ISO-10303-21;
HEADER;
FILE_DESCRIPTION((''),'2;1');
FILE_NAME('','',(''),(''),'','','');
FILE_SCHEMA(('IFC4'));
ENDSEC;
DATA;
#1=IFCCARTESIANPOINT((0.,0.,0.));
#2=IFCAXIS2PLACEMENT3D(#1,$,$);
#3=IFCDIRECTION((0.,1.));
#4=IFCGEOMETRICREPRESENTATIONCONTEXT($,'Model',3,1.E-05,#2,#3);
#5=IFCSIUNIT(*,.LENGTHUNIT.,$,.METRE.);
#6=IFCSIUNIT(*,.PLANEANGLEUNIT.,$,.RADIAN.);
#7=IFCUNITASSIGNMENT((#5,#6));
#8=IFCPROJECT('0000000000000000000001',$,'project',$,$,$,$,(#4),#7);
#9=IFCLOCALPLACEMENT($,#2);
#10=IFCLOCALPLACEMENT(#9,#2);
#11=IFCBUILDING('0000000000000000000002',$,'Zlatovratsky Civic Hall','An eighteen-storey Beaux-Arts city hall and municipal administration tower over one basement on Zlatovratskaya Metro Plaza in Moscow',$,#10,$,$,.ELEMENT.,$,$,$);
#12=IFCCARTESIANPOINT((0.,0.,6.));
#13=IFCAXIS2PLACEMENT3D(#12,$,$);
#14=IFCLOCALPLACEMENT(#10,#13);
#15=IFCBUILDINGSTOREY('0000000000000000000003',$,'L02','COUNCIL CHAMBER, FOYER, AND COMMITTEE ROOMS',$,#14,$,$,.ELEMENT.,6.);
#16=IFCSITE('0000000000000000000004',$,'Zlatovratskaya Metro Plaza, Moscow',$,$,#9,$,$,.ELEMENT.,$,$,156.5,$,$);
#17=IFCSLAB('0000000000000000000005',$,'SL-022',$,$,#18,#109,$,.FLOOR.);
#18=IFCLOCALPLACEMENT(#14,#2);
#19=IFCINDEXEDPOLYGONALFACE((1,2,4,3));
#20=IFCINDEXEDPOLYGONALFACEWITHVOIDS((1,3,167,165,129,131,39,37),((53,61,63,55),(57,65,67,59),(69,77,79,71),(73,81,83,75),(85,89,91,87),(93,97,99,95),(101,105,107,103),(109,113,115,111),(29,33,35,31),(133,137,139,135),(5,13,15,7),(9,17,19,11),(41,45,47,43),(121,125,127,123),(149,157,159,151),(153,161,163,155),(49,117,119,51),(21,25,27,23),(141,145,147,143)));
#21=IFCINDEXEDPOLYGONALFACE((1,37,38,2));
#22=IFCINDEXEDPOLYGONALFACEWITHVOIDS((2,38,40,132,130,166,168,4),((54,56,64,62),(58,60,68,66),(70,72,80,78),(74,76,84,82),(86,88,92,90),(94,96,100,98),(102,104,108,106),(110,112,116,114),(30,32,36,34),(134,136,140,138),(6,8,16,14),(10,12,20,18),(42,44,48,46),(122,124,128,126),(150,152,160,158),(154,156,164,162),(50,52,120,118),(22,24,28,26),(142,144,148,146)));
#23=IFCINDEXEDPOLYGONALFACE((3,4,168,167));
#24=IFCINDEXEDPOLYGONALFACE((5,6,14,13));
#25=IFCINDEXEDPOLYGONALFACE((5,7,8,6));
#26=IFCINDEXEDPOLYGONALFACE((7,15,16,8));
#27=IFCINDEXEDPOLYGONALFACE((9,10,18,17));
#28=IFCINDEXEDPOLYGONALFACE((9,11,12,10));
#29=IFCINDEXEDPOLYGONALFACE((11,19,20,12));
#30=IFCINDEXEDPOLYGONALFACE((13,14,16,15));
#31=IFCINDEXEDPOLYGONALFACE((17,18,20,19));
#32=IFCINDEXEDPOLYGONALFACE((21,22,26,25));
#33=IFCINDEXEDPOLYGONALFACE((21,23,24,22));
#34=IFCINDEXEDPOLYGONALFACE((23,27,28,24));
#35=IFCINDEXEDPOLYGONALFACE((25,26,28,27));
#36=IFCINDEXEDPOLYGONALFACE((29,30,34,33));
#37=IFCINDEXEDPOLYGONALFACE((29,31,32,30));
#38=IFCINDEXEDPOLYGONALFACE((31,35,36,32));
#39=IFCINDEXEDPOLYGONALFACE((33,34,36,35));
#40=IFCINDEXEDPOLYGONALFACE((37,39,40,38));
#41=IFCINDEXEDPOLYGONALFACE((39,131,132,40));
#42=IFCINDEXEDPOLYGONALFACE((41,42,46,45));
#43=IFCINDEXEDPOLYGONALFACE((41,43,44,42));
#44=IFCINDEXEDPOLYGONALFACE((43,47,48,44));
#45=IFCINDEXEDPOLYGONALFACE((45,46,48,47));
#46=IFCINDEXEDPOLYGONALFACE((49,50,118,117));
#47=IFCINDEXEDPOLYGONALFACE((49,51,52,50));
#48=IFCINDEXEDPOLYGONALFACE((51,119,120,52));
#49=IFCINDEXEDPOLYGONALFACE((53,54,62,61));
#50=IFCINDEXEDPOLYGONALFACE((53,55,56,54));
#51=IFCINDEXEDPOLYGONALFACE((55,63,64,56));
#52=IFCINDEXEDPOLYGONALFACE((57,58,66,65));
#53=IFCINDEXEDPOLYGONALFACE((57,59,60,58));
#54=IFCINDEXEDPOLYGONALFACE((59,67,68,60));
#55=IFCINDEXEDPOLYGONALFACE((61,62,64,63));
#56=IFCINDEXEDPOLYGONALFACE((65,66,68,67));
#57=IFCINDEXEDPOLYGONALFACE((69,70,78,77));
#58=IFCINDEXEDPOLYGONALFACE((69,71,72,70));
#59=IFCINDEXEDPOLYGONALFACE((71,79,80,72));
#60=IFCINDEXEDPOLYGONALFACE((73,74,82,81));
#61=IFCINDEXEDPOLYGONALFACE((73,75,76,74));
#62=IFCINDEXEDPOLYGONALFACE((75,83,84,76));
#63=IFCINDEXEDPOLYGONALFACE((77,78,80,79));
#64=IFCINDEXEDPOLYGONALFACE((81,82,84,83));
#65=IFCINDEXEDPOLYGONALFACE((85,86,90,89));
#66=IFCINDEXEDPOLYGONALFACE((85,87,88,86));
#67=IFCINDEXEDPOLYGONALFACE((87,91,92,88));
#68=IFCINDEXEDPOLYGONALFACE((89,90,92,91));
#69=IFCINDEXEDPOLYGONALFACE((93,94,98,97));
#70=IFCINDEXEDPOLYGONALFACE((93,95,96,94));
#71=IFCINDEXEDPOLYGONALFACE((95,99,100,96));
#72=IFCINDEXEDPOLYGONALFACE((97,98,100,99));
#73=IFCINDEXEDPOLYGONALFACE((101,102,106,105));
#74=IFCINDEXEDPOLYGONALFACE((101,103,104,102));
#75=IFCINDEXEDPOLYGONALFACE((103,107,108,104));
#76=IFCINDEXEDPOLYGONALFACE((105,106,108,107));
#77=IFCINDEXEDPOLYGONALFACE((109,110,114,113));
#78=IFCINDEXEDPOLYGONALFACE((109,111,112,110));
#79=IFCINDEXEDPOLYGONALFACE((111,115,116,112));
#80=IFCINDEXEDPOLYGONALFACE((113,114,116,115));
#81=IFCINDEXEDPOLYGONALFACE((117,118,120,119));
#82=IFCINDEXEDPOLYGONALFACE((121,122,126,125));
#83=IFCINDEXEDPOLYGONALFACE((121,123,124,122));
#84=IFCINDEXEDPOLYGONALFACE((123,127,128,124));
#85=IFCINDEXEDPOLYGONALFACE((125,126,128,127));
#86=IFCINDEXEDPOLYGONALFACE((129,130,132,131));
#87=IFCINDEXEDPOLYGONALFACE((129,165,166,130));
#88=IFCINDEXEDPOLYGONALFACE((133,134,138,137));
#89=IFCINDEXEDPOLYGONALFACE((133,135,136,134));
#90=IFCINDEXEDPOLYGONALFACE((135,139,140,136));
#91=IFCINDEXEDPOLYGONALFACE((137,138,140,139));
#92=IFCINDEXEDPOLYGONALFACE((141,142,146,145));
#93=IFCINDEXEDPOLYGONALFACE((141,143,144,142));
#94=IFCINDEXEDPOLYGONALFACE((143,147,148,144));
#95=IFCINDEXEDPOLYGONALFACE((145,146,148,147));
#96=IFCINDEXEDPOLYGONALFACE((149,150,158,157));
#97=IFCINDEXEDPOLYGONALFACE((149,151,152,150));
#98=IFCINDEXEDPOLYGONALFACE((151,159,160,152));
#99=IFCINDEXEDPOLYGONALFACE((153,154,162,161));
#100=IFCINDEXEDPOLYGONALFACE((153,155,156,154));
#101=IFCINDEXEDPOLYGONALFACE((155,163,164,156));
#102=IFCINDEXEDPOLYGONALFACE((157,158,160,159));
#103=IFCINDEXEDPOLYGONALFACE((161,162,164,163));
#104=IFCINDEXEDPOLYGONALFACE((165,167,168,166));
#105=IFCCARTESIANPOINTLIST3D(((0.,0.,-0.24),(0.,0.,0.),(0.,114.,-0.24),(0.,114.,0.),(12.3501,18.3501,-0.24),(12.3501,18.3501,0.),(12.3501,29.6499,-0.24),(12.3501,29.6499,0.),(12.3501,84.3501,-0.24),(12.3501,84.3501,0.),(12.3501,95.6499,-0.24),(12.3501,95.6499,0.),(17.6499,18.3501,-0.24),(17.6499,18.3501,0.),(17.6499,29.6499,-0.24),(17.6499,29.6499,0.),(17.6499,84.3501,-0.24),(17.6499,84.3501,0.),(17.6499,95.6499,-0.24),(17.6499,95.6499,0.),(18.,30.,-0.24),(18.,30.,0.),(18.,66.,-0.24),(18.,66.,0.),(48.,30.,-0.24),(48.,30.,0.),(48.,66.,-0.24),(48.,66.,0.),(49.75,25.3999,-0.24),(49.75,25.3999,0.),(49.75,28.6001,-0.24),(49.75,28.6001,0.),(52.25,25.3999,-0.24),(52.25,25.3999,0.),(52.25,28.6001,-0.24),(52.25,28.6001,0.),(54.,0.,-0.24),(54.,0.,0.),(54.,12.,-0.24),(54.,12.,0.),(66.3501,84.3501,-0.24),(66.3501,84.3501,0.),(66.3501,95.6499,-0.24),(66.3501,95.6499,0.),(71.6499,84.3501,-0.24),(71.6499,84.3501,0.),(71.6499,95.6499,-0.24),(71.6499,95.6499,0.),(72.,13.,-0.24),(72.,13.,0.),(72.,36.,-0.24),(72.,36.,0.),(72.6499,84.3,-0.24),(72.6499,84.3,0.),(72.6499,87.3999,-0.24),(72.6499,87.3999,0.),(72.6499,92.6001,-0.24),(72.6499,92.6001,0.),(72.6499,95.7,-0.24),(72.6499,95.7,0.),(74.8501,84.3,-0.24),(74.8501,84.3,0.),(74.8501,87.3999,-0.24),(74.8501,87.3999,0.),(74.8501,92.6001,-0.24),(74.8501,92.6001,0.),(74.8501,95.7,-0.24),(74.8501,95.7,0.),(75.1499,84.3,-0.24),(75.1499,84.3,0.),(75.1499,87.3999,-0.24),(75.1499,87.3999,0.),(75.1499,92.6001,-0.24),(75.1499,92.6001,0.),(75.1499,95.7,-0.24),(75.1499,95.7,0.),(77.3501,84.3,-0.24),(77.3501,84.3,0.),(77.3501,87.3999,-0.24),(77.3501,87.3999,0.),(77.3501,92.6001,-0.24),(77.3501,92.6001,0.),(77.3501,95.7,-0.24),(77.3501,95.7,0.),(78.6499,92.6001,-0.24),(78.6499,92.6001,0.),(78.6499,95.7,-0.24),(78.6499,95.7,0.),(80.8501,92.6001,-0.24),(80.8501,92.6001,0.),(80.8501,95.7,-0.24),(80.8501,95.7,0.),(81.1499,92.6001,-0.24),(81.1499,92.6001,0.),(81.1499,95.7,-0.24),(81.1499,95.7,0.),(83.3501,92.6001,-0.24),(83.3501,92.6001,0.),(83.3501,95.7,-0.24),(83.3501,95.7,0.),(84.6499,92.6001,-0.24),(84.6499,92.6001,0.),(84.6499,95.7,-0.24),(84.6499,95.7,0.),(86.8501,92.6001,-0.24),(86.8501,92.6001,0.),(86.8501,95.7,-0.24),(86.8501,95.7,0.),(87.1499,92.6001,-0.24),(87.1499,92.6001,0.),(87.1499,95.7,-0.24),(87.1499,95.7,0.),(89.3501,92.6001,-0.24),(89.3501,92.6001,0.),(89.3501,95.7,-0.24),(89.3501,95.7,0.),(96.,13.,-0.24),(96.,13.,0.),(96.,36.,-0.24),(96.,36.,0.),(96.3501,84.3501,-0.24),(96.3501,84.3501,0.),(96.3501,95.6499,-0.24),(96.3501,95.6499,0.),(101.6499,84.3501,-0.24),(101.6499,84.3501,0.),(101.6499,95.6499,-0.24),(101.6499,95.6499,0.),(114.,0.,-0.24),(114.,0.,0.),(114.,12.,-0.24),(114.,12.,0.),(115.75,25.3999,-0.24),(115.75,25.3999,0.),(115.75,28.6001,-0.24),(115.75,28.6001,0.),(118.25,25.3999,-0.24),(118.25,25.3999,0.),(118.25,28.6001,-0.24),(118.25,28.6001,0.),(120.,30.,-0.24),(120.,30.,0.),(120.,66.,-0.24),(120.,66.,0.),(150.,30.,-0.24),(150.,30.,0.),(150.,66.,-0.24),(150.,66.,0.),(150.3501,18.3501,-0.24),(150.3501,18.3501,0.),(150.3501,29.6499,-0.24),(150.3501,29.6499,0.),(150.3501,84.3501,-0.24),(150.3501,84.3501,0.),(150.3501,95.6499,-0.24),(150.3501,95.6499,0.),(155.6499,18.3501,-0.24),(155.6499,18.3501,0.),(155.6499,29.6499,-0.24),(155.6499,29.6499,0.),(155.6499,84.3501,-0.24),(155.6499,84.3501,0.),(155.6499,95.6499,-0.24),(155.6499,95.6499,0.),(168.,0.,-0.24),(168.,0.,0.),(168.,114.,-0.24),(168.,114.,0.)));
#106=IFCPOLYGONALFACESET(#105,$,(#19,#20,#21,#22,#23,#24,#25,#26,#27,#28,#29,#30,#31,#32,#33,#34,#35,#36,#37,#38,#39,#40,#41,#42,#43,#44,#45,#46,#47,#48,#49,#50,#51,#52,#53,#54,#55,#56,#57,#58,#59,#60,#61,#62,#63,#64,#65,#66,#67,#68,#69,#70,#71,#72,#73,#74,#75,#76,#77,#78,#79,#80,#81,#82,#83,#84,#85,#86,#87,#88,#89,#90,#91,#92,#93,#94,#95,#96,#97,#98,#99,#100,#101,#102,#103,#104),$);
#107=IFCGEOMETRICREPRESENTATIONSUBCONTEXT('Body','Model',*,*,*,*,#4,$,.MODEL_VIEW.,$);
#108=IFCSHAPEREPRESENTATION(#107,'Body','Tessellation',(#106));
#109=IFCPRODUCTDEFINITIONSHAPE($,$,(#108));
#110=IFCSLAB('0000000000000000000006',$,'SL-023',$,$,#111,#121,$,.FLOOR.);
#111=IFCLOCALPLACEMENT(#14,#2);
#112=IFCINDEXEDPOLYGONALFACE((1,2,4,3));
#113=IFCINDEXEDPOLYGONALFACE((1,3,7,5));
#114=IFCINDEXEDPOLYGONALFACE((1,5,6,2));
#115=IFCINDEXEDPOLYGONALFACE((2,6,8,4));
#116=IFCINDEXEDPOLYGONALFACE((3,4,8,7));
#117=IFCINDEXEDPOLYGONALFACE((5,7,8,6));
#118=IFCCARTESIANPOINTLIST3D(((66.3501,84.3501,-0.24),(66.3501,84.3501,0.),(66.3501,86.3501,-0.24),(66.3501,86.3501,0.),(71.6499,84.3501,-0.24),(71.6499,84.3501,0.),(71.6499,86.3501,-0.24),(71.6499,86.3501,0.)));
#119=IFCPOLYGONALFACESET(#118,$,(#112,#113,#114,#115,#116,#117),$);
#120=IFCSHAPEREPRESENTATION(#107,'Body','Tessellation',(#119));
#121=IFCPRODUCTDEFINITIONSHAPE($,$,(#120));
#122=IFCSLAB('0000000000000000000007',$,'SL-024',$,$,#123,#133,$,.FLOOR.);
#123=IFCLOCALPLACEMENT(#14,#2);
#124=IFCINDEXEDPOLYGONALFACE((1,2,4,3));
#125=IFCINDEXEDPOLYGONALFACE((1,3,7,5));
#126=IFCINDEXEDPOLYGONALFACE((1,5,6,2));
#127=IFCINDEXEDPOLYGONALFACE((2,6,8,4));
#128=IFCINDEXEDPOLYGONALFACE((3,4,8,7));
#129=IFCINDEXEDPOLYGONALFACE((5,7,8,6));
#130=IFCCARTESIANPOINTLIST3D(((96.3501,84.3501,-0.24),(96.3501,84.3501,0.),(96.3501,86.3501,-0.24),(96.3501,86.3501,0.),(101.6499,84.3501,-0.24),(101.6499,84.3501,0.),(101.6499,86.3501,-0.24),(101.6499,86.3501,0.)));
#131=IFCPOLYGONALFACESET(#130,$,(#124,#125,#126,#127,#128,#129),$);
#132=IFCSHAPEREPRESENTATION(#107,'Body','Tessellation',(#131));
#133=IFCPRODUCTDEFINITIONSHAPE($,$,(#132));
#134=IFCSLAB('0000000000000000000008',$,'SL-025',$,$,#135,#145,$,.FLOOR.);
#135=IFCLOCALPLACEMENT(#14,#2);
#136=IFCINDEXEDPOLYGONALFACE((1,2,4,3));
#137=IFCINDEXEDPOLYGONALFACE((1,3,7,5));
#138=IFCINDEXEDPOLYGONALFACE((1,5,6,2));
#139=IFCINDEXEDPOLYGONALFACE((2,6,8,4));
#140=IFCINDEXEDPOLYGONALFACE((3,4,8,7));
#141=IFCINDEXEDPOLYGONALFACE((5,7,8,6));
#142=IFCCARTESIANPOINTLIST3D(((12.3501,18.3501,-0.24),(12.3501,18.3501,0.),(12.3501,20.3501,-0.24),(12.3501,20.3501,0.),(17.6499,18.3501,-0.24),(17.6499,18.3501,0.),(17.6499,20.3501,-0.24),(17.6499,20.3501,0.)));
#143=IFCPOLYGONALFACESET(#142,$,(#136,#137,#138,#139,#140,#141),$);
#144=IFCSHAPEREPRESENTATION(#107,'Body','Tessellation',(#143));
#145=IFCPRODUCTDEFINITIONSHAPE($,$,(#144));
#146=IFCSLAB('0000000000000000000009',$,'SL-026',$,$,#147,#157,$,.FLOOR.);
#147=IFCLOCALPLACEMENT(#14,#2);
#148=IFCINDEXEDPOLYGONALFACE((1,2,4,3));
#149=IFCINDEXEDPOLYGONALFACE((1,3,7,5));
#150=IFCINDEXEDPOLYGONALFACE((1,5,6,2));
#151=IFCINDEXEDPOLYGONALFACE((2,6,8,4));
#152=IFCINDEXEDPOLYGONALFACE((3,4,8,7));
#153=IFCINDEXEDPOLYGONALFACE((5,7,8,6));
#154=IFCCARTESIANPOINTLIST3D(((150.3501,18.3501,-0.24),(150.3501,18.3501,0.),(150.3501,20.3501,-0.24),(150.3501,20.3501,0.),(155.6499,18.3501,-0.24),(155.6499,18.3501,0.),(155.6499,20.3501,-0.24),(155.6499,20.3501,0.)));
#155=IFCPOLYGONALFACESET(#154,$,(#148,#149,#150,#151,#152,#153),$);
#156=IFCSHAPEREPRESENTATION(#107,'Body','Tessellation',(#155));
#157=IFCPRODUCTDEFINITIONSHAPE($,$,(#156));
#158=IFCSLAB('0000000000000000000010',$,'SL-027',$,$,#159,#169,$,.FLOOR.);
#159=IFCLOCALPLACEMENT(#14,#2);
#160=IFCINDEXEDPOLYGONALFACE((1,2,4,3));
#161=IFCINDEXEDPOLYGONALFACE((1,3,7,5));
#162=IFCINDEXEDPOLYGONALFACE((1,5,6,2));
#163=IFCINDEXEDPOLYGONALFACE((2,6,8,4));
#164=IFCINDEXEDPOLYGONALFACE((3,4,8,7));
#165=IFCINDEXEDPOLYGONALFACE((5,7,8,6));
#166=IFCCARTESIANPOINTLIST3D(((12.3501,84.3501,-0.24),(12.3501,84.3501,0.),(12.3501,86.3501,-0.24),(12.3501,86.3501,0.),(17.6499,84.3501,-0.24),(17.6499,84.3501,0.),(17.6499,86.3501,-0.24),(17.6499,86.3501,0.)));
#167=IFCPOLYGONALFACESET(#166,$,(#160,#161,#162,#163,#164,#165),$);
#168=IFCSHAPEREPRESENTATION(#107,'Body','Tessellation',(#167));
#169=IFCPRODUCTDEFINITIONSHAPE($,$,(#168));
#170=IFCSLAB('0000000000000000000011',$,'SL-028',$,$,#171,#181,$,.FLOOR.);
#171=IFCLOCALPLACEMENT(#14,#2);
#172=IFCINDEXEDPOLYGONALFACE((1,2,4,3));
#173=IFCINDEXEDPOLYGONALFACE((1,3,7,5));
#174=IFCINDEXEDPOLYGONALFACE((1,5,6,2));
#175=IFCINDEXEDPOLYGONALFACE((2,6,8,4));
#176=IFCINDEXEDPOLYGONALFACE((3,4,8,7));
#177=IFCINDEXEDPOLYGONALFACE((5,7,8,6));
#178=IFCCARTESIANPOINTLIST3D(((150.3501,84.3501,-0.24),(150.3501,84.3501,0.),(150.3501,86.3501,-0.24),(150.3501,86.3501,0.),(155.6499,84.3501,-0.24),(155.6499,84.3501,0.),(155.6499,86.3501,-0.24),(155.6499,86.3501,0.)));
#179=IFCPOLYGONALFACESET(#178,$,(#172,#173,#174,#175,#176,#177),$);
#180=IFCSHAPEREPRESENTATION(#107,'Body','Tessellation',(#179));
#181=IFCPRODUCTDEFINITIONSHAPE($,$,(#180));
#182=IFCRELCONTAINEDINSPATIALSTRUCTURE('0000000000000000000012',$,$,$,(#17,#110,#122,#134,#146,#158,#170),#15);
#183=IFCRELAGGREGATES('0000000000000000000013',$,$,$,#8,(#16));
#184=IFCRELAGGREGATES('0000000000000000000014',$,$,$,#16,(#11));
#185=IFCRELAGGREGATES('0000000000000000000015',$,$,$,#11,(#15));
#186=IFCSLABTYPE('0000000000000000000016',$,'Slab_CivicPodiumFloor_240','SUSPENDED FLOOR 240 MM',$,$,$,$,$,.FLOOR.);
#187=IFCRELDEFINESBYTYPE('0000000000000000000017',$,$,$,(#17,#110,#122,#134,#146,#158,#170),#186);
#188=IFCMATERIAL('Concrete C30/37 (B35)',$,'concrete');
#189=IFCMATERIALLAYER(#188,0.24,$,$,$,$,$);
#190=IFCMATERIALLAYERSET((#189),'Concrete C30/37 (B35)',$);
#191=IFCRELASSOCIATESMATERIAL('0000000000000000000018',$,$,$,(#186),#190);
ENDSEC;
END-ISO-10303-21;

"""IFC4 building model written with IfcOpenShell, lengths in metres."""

from ifc_helpers import new_model, si_unit, direction, frame, origin, place, context, subcontext, project, spatial, polyline, outline, extrude, material, layer, layer_set, type_object, element, save


model = new_model("IFC4")

# Units and contexts
model_context = context("Model", 3, precision=1e-05, world=origin(), true_north=direction((0.0, 1.0)))
body_context = subcontext(model_context, "Body", "Model", "MODEL_VIEW")
ifc_project = project(units=[si_unit("LENGTHUNIT", "METRE"), si_unit("PLANEANGLEUNIT", "RADIAN")], contexts=[model_context])

# Site, building, storey
site_placement = place(None, origin())
site = spatial("IfcSite", under=ifc_project, at=site_placement, Name="Zlatovratskaya Metro Plaza, Moscow", CompositionType="ELEMENT", RefElevation=156.5)
building_placement = place(site_placement, origin())
building = spatial("IfcBuilding", under=site, at=building_placement, Name="Zlatovratsky Civic Hall", Description="An eighteen-storey Beaux-Arts city hall and municipal administration tower over one basement on Zlatovratskaya Metro Plaza in Moscow", CompositionType="ELEMENT")
storey_placement = place(building_placement, frame((0.0, 0.0, 6.0)))
storey = spatial("IfcBuildingStorey", under=building, at=storey_placement, Name="L02", Description="COUNCIL CHAMBER, FOYER, AND COMMITTEE ROOMS", CompositionType="ELEMENT", Elevation=6.0)

# Slabs
ifc_material_1 = material(Name="Concrete C30/37 (B35)", Category="concrete")
ifc_layer_1 = layer(ifc_material_1, 0.24)
ifc_layer_set_1 = layer_set([ifc_layer_1], Name="Concrete C30/37 (B35)")
slab_type_1 = type_object("IfcSlabType", Name="Slab_CivicPodiumFloor_240", Description="SUSPENDED FLOOR 240 MM", PredefinedType="FLOOR", material=ifc_layer_set_1)
slab_1_placement = place(storey_placement, frame((0.0, 0.0, -0.24)))
element("IfcSlab", 1, at=slab_1_placement, inside=storey, type_object=slab_type_1, Name="SL-022", PredefinedType="FLOOR", context=body_context, shape_type="SweptSolid", body=[
    extrude(outline(polyline([(0.0, 0.0), (54.0, 0.0), (54.0, 12.0), (114.0, 12.0), (114.0, 0.0), (168.0, 0.0), (168.0, 114.0), (0.0, 114.0), (0.0, 0.0)]), holes=[polyline([(66.3501, 84.3501), (71.6499, 84.3501), (71.6499, 95.6499), (66.3501, 95.6499), (66.3501, 84.3501)]), polyline([(96.3501, 84.3501), (101.6499, 84.3501), (101.6499, 95.6499), (96.3501, 95.6499), (96.3501, 84.3501)]), polyline([(12.3501, 18.3501), (17.6499, 18.3501), (17.6499, 29.6499), (12.3501, 29.6499), (12.3501, 18.3501)]), polyline([(150.3501, 18.3501), (155.6499, 18.3501), (155.6499, 29.6499), (150.3501, 29.6499), (150.3501, 18.3501)]), polyline([(12.3501, 84.3501), (17.6499, 84.3501), (17.6499, 95.6499), (12.3501, 95.6499), (12.3501, 84.3501)]), polyline([(150.3501, 84.3501), (155.6499, 84.3501), (155.6499, 95.6499), (150.3501, 95.6499), (150.3501, 84.3501)]), polyline([(72.6499, 84.3), (74.8501, 84.3), (74.8501, 87.3999), (72.6499, 87.3999), (72.6499, 84.3)]), polyline([(75.1499, 84.3), (77.3501, 84.3), (77.3501, 87.3999), (75.1499, 87.3999), (75.1499, 84.3)]), polyline([(72.6499, 92.6001), (74.8501, 92.6001), (74.8501, 95.7), (72.6499, 95.7), (72.6499, 92.6001)]), polyline([(75.1499, 92.6001), (77.3501, 92.6001), (77.3501, 95.7), (75.1499, 95.7), (75.1499, 92.6001)]), polyline([(78.6499, 92.6001), (80.8501, 92.6001), (80.8501, 95.7), (78.6499, 95.7), (78.6499, 92.6001)]), polyline([(81.1499, 92.6001), (83.3501, 92.6001), (83.3501, 95.7), (81.1499, 95.7), (81.1499, 92.6001)]), polyline([(84.6499, 92.6001), (86.8501, 92.6001), (86.8501, 95.7), (84.6499, 95.7), (84.6499, 92.6001)]), polyline([(87.1499, 92.6001), (89.3501, 92.6001), (89.3501, 95.7), (87.1499, 95.7), (87.1499, 92.6001)]), polyline([(49.75, 25.3999), (52.25, 25.3999), (52.25, 28.6001), (49.75, 28.6001), (49.75, 25.3999)]), polyline([(115.75, 25.3999), (118.25, 25.3999), (118.25, 28.6001), (115.75, 28.6001), (115.75, 25.3999)]), polyline([(18.0, 30.0), (48.0, 30.0), (48.0, 66.0), (18.0, 66.0), (18.0, 30.0)]), polyline([(120.0, 30.0), (150.0, 30.0), (150.0, 66.0), (120.0, 66.0), (120.0, 30.0)]), polyline([(72.0, 13.0), (96.0, 13.0), (96.0, 36.0), (72.0, 36.0), (72.0, 13.0)])]), origin(), (0.0, 0.0, 1.0), 0.24),
])
slab_2_placement = place(storey_placement, frame((0.0, 0.0, -0.24)))
element("IfcSlab", 2, at=slab_2_placement, inside=storey, type_object=slab_type_1, Name="SL-023", PredefinedType="FLOOR", context=body_context, shape_type="SweptSolid", body=[
    extrude(outline(polyline([(66.3501, 84.3501), (71.6499, 84.3501), (71.6499, 86.3501), (66.3501, 86.3501), (66.3501, 84.3501)])), origin(), (0.0, 0.0, 1.0), 0.24),
])
slab_3_placement = place(storey_placement, frame((0.0, 0.0, -0.24)))
element("IfcSlab", 3, at=slab_3_placement, inside=storey, type_object=slab_type_1, Name="SL-024", PredefinedType="FLOOR", context=body_context, shape_type="SweptSolid", body=[
    extrude(outline(polyline([(96.3501, 84.3501), (101.6499, 84.3501), (101.6499, 86.3501), (96.3501, 86.3501), (96.3501, 84.3501)])), origin(), (0.0, 0.0, 1.0), 0.24),
])
slab_4_placement = place(storey_placement, frame((0.0, 0.0, -0.24)))
element("IfcSlab", 4, at=slab_4_placement, inside=storey, type_object=slab_type_1, Name="SL-025", PredefinedType="FLOOR", context=body_context, shape_type="SweptSolid", body=[
    extrude(outline(polyline([(12.3501, 18.3501), (17.6499, 18.3501), (17.6499, 20.3501), (12.3501, 20.3501), (12.3501, 18.3501)])), origin(), (0.0, 0.0, 1.0), 0.24),
])
slab_5_placement = place(storey_placement, frame((0.0, 0.0, -0.24)))
element("IfcSlab", 5, at=slab_5_placement, inside=storey, type_object=slab_type_1, Name="SL-026", PredefinedType="FLOOR", context=body_context, shape_type="SweptSolid", body=[
    extrude(outline(polyline([(150.3501, 18.3501), (155.6499, 18.3501), (155.6499, 20.3501), (150.3501, 20.3501), (150.3501, 18.3501)])), origin(), (0.0, 0.0, 1.0), 0.24),
])
slab_6_placement = place(storey_placement, frame((0.0, 0.0, -0.24)))
element("IfcSlab", 6, at=slab_6_placement, inside=storey, type_object=slab_type_1, Name="SL-027", PredefinedType="FLOOR", context=body_context, shape_type="SweptSolid", body=[
    extrude(outline(polyline([(12.3501, 84.3501), (17.6499, 84.3501), (17.6499, 86.3501), (12.3501, 86.3501), (12.3501, 84.3501)])), origin(), (0.0, 0.0, 1.0), 0.24),
])
slab_7_placement = place(storey_placement, frame((0.0, 0.0, -0.24)))
element("IfcSlab", 7, at=slab_7_placement, inside=storey, type_object=slab_type_1, Name="SL-028", PredefinedType="FLOOR", context=body_context, shape_type="SweptSolid", body=[
    extrude(outline(polyline([(150.3501, 84.3501), (155.6499, 84.3501), (155.6499, 86.3501), (150.3501, 86.3501), (150.3501, 84.3501)])), origin(), (0.0, 0.0, 1.0), 0.24),
])

save(model, "model.ifc")
